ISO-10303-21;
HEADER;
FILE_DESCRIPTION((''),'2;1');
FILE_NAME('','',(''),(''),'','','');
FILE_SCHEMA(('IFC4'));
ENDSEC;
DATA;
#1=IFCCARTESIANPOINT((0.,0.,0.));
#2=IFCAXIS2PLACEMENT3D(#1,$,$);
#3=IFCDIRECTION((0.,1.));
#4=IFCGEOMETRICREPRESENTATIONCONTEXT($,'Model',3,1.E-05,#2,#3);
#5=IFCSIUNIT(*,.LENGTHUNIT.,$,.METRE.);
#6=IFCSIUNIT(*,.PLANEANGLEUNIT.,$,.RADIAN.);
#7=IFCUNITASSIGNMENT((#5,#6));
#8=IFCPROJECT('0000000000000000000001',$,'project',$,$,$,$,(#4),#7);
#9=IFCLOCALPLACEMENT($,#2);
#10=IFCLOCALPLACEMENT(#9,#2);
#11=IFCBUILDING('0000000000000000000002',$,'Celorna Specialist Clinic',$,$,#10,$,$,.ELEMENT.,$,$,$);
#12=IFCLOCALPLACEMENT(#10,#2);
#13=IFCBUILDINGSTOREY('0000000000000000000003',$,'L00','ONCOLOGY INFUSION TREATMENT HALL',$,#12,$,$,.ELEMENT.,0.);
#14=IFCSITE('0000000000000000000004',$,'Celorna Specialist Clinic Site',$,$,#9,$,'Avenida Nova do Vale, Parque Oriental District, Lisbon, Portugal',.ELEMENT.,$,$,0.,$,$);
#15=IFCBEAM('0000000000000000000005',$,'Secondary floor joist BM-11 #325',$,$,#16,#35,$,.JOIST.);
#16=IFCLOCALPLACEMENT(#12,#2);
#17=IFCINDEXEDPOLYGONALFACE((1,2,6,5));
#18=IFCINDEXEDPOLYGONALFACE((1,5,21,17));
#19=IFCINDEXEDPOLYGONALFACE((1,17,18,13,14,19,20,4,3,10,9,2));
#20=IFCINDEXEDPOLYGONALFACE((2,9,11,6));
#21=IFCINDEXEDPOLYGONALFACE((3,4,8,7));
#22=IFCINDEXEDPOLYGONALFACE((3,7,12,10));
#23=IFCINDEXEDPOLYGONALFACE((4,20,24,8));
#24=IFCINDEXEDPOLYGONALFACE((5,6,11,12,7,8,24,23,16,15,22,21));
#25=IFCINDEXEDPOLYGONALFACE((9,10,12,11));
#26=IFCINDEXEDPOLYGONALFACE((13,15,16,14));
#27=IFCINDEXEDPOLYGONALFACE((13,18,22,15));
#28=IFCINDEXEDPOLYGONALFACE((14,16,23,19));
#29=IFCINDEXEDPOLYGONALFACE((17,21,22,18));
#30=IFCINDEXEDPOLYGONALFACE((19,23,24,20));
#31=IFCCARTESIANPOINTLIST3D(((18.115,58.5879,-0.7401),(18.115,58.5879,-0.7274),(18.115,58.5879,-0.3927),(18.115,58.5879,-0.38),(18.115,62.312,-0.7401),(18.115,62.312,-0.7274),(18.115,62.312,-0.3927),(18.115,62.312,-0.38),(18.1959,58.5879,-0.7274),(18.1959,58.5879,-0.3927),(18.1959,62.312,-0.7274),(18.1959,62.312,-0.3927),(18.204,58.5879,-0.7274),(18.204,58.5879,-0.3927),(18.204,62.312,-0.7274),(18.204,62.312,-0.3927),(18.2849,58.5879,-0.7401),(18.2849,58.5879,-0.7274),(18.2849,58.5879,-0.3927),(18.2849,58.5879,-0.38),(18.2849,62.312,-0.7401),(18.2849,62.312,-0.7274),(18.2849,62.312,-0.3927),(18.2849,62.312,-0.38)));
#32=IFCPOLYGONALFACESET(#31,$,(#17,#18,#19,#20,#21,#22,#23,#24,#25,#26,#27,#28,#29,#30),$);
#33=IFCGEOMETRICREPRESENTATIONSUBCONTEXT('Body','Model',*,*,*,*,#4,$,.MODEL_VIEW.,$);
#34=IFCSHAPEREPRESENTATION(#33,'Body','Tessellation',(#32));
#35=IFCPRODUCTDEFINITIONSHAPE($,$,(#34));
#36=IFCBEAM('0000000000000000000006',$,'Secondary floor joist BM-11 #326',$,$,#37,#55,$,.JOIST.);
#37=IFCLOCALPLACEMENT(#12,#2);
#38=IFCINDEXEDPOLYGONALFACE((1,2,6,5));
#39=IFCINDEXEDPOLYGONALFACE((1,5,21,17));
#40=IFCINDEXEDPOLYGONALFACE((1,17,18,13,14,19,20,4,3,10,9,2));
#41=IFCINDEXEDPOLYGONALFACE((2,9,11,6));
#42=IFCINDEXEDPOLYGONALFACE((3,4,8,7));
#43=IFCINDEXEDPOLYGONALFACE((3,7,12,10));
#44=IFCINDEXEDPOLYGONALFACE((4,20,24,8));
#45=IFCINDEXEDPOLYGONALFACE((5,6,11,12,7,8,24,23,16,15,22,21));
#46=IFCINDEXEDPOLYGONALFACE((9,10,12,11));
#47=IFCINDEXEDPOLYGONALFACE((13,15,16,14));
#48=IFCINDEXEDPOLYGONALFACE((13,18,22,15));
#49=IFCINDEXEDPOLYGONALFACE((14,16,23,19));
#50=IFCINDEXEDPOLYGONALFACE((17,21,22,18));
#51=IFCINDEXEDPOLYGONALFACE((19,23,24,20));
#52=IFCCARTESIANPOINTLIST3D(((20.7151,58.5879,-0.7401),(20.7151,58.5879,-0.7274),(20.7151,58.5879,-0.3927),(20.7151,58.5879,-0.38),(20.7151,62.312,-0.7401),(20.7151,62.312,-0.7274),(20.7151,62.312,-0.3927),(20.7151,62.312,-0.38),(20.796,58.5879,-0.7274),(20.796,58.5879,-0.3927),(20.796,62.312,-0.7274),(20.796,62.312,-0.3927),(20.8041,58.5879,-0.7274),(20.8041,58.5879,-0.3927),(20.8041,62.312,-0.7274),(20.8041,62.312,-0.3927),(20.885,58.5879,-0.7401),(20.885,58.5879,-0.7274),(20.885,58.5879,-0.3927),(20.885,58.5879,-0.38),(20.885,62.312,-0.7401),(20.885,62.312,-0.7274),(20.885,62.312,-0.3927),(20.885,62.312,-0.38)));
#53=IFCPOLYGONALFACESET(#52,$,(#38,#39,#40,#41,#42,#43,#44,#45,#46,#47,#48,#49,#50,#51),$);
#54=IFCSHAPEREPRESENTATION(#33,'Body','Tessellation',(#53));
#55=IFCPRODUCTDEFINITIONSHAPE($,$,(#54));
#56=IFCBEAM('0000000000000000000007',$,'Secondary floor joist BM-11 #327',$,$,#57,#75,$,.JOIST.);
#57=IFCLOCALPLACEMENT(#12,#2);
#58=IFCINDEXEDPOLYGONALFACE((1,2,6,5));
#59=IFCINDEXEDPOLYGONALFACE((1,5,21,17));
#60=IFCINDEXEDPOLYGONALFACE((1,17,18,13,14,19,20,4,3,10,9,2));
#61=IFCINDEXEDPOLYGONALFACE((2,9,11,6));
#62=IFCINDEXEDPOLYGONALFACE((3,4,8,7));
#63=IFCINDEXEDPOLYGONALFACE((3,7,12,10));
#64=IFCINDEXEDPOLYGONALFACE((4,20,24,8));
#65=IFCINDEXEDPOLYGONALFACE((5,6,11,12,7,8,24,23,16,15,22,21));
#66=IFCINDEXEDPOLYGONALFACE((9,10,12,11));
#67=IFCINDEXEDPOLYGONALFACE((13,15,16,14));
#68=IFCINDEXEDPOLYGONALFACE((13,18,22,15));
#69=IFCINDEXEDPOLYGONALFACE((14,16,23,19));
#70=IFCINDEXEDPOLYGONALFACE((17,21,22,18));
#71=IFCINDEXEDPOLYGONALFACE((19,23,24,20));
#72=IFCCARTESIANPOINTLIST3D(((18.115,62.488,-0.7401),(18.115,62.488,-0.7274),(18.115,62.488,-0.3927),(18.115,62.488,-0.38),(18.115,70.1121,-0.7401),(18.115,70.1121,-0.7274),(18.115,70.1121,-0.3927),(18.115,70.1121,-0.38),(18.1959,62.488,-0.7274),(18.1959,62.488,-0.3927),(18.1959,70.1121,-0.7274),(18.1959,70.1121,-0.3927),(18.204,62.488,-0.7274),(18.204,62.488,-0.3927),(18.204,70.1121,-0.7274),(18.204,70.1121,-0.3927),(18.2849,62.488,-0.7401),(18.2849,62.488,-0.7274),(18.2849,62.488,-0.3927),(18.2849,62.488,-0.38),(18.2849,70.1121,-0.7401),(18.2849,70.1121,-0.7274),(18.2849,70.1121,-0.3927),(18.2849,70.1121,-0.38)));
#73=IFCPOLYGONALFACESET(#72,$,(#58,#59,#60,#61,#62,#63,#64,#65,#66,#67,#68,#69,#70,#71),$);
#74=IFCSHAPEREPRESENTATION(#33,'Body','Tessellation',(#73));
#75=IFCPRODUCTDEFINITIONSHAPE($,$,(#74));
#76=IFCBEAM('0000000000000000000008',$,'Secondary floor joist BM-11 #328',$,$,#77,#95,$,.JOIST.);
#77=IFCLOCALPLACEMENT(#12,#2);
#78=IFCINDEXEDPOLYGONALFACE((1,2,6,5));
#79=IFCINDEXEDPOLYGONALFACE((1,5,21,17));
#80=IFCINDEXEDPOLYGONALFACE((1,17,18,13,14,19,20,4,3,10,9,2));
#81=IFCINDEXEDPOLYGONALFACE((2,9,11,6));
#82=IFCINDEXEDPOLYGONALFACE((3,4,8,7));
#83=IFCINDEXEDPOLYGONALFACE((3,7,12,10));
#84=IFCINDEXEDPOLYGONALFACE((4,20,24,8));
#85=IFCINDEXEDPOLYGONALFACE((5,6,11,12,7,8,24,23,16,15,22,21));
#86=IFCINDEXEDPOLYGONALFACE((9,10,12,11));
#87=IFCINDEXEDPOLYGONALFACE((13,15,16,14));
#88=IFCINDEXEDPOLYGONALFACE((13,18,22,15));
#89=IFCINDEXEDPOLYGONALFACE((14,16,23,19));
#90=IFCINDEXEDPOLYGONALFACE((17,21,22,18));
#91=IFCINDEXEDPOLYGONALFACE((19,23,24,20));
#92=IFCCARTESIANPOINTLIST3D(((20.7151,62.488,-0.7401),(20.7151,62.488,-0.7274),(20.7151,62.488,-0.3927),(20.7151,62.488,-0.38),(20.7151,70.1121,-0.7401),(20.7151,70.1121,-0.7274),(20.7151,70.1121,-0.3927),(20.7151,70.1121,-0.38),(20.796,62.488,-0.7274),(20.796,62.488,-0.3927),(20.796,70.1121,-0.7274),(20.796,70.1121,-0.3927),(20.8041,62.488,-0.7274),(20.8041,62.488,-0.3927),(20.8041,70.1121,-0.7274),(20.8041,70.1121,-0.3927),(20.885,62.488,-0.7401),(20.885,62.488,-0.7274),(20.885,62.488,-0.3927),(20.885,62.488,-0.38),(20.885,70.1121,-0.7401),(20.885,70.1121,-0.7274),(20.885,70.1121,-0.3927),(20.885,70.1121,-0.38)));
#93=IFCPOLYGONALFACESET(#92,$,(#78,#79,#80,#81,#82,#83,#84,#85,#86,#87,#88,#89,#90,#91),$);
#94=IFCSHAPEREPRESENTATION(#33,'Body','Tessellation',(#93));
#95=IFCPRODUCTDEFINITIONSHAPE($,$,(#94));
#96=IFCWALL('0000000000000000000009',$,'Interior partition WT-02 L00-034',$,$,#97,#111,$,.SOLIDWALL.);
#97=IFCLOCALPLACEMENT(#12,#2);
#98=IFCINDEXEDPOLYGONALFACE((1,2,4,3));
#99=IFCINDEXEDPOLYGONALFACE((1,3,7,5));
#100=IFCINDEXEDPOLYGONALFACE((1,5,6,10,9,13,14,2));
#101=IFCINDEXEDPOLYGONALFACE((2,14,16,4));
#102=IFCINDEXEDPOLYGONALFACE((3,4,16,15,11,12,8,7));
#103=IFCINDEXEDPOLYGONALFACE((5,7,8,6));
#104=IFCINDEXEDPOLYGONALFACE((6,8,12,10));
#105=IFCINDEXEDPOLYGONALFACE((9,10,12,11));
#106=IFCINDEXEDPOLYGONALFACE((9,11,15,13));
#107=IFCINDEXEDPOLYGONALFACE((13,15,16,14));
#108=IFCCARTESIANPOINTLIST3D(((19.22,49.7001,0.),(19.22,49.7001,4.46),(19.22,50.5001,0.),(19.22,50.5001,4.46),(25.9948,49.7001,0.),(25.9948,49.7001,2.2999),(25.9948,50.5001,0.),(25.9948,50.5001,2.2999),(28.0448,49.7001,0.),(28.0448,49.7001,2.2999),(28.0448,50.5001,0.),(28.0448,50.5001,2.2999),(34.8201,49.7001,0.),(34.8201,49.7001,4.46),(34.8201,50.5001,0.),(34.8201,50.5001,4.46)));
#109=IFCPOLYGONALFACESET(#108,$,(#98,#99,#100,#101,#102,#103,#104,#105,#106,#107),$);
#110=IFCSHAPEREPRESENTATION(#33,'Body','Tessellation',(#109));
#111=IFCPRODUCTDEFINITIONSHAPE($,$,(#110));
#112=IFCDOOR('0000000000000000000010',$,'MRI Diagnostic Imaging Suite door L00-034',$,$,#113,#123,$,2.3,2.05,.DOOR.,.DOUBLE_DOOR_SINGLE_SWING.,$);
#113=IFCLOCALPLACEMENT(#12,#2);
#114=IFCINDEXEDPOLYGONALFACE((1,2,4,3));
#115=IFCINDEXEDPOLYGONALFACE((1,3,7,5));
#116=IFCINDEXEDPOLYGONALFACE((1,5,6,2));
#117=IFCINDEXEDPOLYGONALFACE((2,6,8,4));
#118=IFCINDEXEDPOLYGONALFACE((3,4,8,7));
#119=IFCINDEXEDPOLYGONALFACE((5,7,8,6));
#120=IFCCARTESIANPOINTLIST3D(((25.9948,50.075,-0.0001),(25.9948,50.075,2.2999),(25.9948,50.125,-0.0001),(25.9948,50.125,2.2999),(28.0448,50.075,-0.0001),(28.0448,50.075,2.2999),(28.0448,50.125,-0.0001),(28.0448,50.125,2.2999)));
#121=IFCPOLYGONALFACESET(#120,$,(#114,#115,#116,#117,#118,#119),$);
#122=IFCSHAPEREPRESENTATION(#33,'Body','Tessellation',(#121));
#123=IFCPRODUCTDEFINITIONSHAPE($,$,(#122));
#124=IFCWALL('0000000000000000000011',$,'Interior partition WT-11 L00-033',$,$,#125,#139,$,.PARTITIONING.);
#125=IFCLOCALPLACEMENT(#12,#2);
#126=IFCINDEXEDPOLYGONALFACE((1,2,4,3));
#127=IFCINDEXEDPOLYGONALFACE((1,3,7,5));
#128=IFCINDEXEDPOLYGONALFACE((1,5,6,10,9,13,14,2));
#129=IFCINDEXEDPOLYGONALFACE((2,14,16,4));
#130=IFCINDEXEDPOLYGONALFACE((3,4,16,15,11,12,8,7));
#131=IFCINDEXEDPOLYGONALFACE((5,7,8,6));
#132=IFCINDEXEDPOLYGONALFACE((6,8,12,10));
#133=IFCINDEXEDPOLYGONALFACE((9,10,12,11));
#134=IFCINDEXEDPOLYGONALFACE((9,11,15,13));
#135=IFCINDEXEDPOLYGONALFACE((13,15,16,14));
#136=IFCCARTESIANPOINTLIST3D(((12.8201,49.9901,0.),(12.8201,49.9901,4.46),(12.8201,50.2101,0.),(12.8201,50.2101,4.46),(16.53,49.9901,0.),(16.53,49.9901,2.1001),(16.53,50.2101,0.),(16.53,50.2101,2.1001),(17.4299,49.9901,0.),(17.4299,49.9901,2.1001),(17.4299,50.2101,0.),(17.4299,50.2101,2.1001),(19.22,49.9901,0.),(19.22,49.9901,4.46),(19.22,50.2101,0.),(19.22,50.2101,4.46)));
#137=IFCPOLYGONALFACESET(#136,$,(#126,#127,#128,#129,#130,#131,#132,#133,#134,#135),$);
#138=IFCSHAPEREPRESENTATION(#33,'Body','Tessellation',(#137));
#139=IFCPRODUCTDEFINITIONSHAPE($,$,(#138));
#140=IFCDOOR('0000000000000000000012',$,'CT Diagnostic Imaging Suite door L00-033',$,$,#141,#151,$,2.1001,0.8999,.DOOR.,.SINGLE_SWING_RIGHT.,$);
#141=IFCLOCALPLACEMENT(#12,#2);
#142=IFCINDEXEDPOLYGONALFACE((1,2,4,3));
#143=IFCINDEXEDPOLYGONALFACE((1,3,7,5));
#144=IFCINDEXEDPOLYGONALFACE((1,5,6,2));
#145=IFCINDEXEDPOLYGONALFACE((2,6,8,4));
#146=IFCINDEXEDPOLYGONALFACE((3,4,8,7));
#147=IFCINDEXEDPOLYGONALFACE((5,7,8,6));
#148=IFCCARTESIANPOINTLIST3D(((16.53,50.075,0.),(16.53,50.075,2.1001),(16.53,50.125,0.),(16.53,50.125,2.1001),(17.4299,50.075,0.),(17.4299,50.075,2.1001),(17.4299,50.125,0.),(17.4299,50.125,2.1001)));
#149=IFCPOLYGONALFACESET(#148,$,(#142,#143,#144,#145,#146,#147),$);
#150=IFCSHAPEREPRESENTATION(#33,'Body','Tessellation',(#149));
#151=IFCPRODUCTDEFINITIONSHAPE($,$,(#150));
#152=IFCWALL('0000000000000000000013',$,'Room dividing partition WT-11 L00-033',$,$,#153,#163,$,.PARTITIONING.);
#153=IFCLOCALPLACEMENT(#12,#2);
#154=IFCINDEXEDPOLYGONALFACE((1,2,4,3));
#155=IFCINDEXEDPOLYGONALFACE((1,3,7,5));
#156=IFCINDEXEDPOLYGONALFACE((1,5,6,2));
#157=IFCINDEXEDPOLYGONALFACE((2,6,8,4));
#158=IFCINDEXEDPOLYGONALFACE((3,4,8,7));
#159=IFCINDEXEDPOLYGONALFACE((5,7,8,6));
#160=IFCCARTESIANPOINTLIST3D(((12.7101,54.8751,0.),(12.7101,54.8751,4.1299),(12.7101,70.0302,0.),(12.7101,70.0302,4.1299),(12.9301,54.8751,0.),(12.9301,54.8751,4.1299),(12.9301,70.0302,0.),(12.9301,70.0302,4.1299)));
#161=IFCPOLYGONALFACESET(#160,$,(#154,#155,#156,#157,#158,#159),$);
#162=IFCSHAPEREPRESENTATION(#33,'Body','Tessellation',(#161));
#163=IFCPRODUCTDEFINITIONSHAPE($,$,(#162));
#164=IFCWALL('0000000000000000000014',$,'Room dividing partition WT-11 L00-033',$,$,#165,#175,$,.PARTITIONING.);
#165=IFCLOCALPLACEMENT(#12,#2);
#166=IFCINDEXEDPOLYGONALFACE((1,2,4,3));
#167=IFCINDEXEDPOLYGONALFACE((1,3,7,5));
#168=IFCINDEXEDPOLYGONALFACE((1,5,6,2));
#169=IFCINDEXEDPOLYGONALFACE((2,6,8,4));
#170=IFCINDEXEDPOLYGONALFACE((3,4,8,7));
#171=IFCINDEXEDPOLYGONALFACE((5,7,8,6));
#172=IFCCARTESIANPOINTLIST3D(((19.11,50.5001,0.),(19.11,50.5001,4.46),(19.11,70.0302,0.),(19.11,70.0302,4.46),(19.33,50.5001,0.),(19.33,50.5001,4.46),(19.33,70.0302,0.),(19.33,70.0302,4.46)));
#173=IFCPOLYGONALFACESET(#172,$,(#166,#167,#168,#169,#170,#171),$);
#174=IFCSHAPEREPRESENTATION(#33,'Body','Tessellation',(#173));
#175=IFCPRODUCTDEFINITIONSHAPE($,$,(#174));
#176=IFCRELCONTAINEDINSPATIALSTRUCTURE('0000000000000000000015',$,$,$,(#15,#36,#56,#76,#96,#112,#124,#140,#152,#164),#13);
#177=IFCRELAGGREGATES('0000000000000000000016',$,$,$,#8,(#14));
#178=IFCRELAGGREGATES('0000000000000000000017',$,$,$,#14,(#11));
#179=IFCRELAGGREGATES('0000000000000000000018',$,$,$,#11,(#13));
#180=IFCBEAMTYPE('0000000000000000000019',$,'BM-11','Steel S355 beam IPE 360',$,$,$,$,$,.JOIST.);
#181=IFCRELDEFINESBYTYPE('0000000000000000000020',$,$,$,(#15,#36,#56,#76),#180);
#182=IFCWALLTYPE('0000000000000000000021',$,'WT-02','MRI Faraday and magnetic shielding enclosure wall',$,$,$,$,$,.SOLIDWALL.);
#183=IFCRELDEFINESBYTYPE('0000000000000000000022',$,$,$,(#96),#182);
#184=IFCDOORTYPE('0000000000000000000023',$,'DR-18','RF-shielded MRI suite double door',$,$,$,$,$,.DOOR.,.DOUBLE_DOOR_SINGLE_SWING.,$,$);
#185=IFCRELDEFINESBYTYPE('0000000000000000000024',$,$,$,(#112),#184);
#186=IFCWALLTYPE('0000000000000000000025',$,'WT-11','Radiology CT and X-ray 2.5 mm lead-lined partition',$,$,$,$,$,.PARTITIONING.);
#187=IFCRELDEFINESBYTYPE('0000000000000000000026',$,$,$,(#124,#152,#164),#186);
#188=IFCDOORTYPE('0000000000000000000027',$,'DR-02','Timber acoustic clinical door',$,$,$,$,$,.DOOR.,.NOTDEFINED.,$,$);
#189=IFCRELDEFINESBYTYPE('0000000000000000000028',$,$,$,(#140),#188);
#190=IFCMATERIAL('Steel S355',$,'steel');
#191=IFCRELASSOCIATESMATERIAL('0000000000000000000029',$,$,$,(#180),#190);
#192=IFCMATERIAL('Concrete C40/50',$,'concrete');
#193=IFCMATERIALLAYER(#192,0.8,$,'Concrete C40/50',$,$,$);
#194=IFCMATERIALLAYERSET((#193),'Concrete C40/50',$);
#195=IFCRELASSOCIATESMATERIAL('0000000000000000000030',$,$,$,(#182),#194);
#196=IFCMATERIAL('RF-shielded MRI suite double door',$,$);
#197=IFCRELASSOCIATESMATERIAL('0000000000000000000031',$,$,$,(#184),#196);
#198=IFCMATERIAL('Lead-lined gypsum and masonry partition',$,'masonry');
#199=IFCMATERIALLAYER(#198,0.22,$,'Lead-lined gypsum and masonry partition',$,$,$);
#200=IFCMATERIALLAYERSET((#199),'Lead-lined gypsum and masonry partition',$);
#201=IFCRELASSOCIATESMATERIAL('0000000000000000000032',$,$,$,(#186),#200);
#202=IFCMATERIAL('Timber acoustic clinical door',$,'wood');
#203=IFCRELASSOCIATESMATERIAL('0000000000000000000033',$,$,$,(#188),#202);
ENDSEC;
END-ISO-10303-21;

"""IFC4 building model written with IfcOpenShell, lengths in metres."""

from ifc_helpers import new_model, si_unit, direction, frame, frame_2d, origin, origin_2d, place, context, subcontext, project, spatial, rectangle, i_section, extrude, material, layer, layer_set, material_profile, profile_set, type_object, element, fill, save


model = new_model("IFC4")

# Units and contexts
model_context = context("Model", 3, precision=1e-05, world=origin(), true_north=direction((0.0, 1.0)))
body_context = subcontext(model_context, "Body", "Model", "MODEL_VIEW")
ifc_project = project(units=[si_unit("LENGTHUNIT", "METRE"), si_unit("PLANEANGLEUNIT", "RADIAN")], contexts=[model_context])

# Site, building, storey
site_placement = place(None, origin())
site = spatial("IfcSite", under=ifc_project, at=site_placement, Name="Celorna Specialist Clinic Site", LongName="Avenida Nova do Vale, Parque Oriental District, Lisbon, Portugal", CompositionType="ELEMENT", RefElevation=0.0)
building_placement = place(site_placement, origin())
building = spatial("IfcBuilding", under=site, at=building_placement, Name="Celorna Specialist Clinic", CompositionType="ELEMENT")
storey_placement = place(building_placement, origin())
storey = spatial("IfcBuildingStorey", under=building, at=storey_placement, Name="L00", Description="ONCOLOGY INFUSION TREATMENT HALL", CompositionType="ELEMENT", Elevation=0.0)

# Shared definitions
ifc_material_1 = material(Name="Concrete C40/50", Category="concrete")

# Beams
ifc_material_2 = material(Name="Steel S355", Category="steel")
ifc_material_profile_1 = material_profile(ifc_material_2, i_section(OverallWidth=0.1699, OverallDepth=0.3601, WebThickness=0.0081, FlangeThickness=0.0127, at=origin_2d()), Name="IPE 360")
ifc_profile_set_1 = profile_set([ifc_material_profile_1], Name="Steel S355")
beam_type_1 = type_object("IfcBeamType", Name="BM-11", Description="Steel S355 beam IPE 360", PredefinedType="JOIST", material=ifc_profile_set_1)
for number, where, z_axis, x_axis, name in (
    (1, (18.2, 58.5879, -0.5601), (0.0, 1.0, 0.0), (-1.0, 0.0, 0.0), "Secondary floor joist BM-11 #325"),
    (2, (20.8, 58.5879, -0.5601), (0.0, 1.0, 0.0), (-1.0, 0.0, 0.0), "Secondary floor joist BM-11 #326"),
):
    element("IfcBeam", number, at=place(storey_placement, frame(where, z_axis=z_axis, x_axis=x_axis)), inside=storey, type_object=beam_type_1, Name=name, PredefinedType="JOIST", context=body_context, shape_type="SweptSolid", body=[
        extrude(i_section(OverallWidth=0.1699, OverallDepth=0.3601, WebThickness=0.0081, FlangeThickness=0.0127, at=origin_2d()), origin(), (0.0, 0.0, 1.0), 3.7241),
    ])
for number, where, z_axis, x_axis, name in (
    (3, (18.2, 62.488, -0.5601), (0.0, 1.0, 0.0), (-1.0, 0.0, 0.0), "Secondary floor joist BM-11 #327"),
    (4, (20.8, 62.488, -0.5601), (0.0, 1.0, 0.0), (-1.0, 0.0, 0.0), "Secondary floor joist BM-11 #328"),
):
    element("IfcBeam", number, at=place(storey_placement, frame(where, z_axis=z_axis, x_axis=x_axis)), inside=storey, type_object=beam_type_1, Name=name, PredefinedType="JOIST", context=body_context, shape_type="SweptSolid", body=[
        extrude(i_section(OverallWidth=0.1699, OverallDepth=0.3601, WebThickness=0.0081, FlangeThickness=0.0127, at=origin_2d()), origin(), (0.0, 0.0, 1.0), 7.624),
    ])

# Walls, openings, doors
ifc_layer_1 = layer(ifc_material_1, 0.8, Name="Concrete C40/50")
ifc_layer_set_1 = layer_set([ifc_layer_1], Name="Concrete C40/50")
wall_type_1 = type_object("IfcWallType", Name="WT-02", Description="MRI Faraday and magnetic shielding enclosure wall", PredefinedType="SOLIDWALL", material=ifc_layer_set_1)
wall_1_placement = place(storey_placement, frame((19.22, 50.1001, 0.0), z_axis=(0.0, 0.0, 1.0), x_axis=(1.0, 0.0, 0.0)))
wall_1 = element("IfcWall", 5, at=wall_1_placement, inside=storey, type_object=wall_type_1, Name="Interior partition WT-02 L00-034", PredefinedType="SOLIDWALL", context=body_context, shape_type="SweptSolid", body=[
    extrude(rectangle(XDim=15.6001, YDim=0.8, at=frame_2d((7.8, 0.0))), origin(), (0.0, 0.0, 1.0), 4.46),
])
opening_1_placement = place(wall_1_placement, frame((6.7749, 0.0, 0.0)))
opening_1 = element("IfcOpeningElement", 6, at=opening_1_placement, cuts=wall_1, PredefinedType="OPENING", context=body_context, shape_type="SweptSolid", body=[
    extrude(rectangle(XDim=2.05, YDim=2.3, at=frame_2d((1.0249, 1.1499))), frame((0.0, 0.4099, 0.0), z_axis=(0.0, -1.0, 0.0), x_axis=(1.0, 0.0, 0.0)), (0.0, 0.0, 1.0), 0.8201),
])
ifc_material_3 = material(Name="RF-shielded MRI suite double door")
door_type_1 = type_object("IfcDoorType", Name="DR-18", Description="RF-shielded MRI suite double door", OperationType="DOUBLE_DOOR_SINGLE_SWING", PredefinedType="DOOR", material=ifc_material_3)
door_1_placement = place(opening_1_placement, origin())
door_1 = element("IfcDoor", 7, at=door_1_placement, inside=storey, type_object=door_type_1, Name="MRI Diagnostic Imaging Suite door L00-034", OperationType="DOUBLE_DOOR_SINGLE_SWING", OverallHeight=2.3, OverallWidth=2.05, PredefinedType="DOOR", context=body_context, shape_type="SweptSolid", body=[
    extrude(rectangle(XDim=2.05, YDim=2.3, at=frame_2d((1.0249, 1.1499))), frame((0.0, 0.0249, 0.0), z_axis=(0.0, -1.0, 0.0), x_axis=(1.0, 0.0, 0.0)), (0.0, 0.0, 1.0), 0.05),
])
fill(opening_1, door_1)
ifc_material_4 = material(Name="Lead-lined gypsum and masonry partition", Category="masonry")
ifc_layer_2 = layer(ifc_material_4, 0.22, Name="Lead-lined gypsum and masonry partition")
ifc_layer_set_2 = layer_set([ifc_layer_2], Name="Lead-lined gypsum and masonry partition")
wall_type_2 = type_object("IfcWallType", Name="WT-11", Description="Radiology CT and X-ray 2.5 mm lead-lined partition", PredefinedType="PARTITIONING", material=ifc_layer_set_2)
wall_2_placement = place(storey_placement, frame((12.8201, 50.1001, 0.0), z_axis=(0.0, 0.0, 1.0), x_axis=(1.0, 0.0, 0.0)))
wall_2 = element("IfcWall", 8, at=wall_2_placement, inside=storey, type_object=wall_type_2, Name="Interior partition WT-11 L00-033", PredefinedType="PARTITIONING", context=body_context, shape_type="SweptSolid", body=[
    extrude(rectangle(XDim=6.3999, YDim=0.22, at=frame_2d((3.2, 0.0))), origin(), (0.0, 0.0, 1.0), 4.46),
])
opening_2_placement = place(wall_2_placement, frame((3.71, 0.0, 0.0)))
opening_2 = element("IfcOpeningElement", 9, at=opening_2_placement, cuts=wall_2, PredefinedType="OPENING", context=body_context, shape_type="SweptSolid", body=[
    extrude(rectangle(XDim=0.8999, YDim=2.1001, at=frame_2d((0.45, 1.05))), frame((0.0, 0.1199, 0.0), z_axis=(0.0, -1.0, 0.0), x_axis=(1.0, 0.0, 0.0)), (0.0, 0.0, 1.0), 0.24),
])
ifc_material_5 = material(Name="Timber acoustic clinical door", Category="wood")
door_type_2 = type_object("IfcDoorType", Name="DR-02", Description="Timber acoustic clinical door", OperationType="NOTDEFINED", PredefinedType="DOOR", material=ifc_material_5)
door_2_placement = place(opening_2_placement, origin())
door_2 = element("IfcDoor", 10, at=door_2_placement, inside=storey, type_object=door_type_2, Name="CT Diagnostic Imaging Suite door L00-033", OperationType="SINGLE_SWING_RIGHT", OverallHeight=2.1001, OverallWidth=0.8999, PredefinedType="DOOR", context=body_context, shape_type="SweptSolid", body=[
    extrude(rectangle(XDim=0.8999, YDim=2.1001, at=frame_2d((0.45, 1.05))), frame((0.0, 0.0249, 0.0), z_axis=(0.0, -1.0, 0.0), x_axis=(1.0, 0.0, 0.0)), (0.0, 0.0, 1.0), 0.05),
])
fill(opening_2, door_2)

# Walls
wall_3_placement = place(storey_placement, frame((12.8201, 54.875, 0.0), z_axis=(0.0, 0.0, 1.0), x_axis=(0.0, 1.0, 0.0)))
element("IfcWall", 11, at=wall_3_placement, inside=storey, type_object=wall_type_2, Name="Room dividing partition WT-11 L00-033", PredefinedType="PARTITIONING", context=body_context, shape_type="SweptSolid", body=[
    extrude(rectangle(XDim=15.155, YDim=0.22, at=frame_2d((7.5776, 0.0))), origin(), (0.0, 0.0, 1.0), 4.1299),
])
wall_4_placement = place(storey_placement, frame((19.22, 50.5, 0.0), z_axis=(0.0, 0.0, 1.0), x_axis=(0.0, 1.0, 0.0)))
element("IfcWall", 12, at=wall_4_placement, inside=storey, type_object=wall_type_2, Name="Room dividing partition WT-11 L00-033", PredefinedType="PARTITIONING", context=body_context, shape_type="SweptSolid", body=[
    extrude(rectangle(XDim=19.53, YDim=0.22, at=frame_2d((9.7651, 0.0))), origin(), (0.0, 0.0, 1.0), 4.46),
])

save(model, "model.ifc")
